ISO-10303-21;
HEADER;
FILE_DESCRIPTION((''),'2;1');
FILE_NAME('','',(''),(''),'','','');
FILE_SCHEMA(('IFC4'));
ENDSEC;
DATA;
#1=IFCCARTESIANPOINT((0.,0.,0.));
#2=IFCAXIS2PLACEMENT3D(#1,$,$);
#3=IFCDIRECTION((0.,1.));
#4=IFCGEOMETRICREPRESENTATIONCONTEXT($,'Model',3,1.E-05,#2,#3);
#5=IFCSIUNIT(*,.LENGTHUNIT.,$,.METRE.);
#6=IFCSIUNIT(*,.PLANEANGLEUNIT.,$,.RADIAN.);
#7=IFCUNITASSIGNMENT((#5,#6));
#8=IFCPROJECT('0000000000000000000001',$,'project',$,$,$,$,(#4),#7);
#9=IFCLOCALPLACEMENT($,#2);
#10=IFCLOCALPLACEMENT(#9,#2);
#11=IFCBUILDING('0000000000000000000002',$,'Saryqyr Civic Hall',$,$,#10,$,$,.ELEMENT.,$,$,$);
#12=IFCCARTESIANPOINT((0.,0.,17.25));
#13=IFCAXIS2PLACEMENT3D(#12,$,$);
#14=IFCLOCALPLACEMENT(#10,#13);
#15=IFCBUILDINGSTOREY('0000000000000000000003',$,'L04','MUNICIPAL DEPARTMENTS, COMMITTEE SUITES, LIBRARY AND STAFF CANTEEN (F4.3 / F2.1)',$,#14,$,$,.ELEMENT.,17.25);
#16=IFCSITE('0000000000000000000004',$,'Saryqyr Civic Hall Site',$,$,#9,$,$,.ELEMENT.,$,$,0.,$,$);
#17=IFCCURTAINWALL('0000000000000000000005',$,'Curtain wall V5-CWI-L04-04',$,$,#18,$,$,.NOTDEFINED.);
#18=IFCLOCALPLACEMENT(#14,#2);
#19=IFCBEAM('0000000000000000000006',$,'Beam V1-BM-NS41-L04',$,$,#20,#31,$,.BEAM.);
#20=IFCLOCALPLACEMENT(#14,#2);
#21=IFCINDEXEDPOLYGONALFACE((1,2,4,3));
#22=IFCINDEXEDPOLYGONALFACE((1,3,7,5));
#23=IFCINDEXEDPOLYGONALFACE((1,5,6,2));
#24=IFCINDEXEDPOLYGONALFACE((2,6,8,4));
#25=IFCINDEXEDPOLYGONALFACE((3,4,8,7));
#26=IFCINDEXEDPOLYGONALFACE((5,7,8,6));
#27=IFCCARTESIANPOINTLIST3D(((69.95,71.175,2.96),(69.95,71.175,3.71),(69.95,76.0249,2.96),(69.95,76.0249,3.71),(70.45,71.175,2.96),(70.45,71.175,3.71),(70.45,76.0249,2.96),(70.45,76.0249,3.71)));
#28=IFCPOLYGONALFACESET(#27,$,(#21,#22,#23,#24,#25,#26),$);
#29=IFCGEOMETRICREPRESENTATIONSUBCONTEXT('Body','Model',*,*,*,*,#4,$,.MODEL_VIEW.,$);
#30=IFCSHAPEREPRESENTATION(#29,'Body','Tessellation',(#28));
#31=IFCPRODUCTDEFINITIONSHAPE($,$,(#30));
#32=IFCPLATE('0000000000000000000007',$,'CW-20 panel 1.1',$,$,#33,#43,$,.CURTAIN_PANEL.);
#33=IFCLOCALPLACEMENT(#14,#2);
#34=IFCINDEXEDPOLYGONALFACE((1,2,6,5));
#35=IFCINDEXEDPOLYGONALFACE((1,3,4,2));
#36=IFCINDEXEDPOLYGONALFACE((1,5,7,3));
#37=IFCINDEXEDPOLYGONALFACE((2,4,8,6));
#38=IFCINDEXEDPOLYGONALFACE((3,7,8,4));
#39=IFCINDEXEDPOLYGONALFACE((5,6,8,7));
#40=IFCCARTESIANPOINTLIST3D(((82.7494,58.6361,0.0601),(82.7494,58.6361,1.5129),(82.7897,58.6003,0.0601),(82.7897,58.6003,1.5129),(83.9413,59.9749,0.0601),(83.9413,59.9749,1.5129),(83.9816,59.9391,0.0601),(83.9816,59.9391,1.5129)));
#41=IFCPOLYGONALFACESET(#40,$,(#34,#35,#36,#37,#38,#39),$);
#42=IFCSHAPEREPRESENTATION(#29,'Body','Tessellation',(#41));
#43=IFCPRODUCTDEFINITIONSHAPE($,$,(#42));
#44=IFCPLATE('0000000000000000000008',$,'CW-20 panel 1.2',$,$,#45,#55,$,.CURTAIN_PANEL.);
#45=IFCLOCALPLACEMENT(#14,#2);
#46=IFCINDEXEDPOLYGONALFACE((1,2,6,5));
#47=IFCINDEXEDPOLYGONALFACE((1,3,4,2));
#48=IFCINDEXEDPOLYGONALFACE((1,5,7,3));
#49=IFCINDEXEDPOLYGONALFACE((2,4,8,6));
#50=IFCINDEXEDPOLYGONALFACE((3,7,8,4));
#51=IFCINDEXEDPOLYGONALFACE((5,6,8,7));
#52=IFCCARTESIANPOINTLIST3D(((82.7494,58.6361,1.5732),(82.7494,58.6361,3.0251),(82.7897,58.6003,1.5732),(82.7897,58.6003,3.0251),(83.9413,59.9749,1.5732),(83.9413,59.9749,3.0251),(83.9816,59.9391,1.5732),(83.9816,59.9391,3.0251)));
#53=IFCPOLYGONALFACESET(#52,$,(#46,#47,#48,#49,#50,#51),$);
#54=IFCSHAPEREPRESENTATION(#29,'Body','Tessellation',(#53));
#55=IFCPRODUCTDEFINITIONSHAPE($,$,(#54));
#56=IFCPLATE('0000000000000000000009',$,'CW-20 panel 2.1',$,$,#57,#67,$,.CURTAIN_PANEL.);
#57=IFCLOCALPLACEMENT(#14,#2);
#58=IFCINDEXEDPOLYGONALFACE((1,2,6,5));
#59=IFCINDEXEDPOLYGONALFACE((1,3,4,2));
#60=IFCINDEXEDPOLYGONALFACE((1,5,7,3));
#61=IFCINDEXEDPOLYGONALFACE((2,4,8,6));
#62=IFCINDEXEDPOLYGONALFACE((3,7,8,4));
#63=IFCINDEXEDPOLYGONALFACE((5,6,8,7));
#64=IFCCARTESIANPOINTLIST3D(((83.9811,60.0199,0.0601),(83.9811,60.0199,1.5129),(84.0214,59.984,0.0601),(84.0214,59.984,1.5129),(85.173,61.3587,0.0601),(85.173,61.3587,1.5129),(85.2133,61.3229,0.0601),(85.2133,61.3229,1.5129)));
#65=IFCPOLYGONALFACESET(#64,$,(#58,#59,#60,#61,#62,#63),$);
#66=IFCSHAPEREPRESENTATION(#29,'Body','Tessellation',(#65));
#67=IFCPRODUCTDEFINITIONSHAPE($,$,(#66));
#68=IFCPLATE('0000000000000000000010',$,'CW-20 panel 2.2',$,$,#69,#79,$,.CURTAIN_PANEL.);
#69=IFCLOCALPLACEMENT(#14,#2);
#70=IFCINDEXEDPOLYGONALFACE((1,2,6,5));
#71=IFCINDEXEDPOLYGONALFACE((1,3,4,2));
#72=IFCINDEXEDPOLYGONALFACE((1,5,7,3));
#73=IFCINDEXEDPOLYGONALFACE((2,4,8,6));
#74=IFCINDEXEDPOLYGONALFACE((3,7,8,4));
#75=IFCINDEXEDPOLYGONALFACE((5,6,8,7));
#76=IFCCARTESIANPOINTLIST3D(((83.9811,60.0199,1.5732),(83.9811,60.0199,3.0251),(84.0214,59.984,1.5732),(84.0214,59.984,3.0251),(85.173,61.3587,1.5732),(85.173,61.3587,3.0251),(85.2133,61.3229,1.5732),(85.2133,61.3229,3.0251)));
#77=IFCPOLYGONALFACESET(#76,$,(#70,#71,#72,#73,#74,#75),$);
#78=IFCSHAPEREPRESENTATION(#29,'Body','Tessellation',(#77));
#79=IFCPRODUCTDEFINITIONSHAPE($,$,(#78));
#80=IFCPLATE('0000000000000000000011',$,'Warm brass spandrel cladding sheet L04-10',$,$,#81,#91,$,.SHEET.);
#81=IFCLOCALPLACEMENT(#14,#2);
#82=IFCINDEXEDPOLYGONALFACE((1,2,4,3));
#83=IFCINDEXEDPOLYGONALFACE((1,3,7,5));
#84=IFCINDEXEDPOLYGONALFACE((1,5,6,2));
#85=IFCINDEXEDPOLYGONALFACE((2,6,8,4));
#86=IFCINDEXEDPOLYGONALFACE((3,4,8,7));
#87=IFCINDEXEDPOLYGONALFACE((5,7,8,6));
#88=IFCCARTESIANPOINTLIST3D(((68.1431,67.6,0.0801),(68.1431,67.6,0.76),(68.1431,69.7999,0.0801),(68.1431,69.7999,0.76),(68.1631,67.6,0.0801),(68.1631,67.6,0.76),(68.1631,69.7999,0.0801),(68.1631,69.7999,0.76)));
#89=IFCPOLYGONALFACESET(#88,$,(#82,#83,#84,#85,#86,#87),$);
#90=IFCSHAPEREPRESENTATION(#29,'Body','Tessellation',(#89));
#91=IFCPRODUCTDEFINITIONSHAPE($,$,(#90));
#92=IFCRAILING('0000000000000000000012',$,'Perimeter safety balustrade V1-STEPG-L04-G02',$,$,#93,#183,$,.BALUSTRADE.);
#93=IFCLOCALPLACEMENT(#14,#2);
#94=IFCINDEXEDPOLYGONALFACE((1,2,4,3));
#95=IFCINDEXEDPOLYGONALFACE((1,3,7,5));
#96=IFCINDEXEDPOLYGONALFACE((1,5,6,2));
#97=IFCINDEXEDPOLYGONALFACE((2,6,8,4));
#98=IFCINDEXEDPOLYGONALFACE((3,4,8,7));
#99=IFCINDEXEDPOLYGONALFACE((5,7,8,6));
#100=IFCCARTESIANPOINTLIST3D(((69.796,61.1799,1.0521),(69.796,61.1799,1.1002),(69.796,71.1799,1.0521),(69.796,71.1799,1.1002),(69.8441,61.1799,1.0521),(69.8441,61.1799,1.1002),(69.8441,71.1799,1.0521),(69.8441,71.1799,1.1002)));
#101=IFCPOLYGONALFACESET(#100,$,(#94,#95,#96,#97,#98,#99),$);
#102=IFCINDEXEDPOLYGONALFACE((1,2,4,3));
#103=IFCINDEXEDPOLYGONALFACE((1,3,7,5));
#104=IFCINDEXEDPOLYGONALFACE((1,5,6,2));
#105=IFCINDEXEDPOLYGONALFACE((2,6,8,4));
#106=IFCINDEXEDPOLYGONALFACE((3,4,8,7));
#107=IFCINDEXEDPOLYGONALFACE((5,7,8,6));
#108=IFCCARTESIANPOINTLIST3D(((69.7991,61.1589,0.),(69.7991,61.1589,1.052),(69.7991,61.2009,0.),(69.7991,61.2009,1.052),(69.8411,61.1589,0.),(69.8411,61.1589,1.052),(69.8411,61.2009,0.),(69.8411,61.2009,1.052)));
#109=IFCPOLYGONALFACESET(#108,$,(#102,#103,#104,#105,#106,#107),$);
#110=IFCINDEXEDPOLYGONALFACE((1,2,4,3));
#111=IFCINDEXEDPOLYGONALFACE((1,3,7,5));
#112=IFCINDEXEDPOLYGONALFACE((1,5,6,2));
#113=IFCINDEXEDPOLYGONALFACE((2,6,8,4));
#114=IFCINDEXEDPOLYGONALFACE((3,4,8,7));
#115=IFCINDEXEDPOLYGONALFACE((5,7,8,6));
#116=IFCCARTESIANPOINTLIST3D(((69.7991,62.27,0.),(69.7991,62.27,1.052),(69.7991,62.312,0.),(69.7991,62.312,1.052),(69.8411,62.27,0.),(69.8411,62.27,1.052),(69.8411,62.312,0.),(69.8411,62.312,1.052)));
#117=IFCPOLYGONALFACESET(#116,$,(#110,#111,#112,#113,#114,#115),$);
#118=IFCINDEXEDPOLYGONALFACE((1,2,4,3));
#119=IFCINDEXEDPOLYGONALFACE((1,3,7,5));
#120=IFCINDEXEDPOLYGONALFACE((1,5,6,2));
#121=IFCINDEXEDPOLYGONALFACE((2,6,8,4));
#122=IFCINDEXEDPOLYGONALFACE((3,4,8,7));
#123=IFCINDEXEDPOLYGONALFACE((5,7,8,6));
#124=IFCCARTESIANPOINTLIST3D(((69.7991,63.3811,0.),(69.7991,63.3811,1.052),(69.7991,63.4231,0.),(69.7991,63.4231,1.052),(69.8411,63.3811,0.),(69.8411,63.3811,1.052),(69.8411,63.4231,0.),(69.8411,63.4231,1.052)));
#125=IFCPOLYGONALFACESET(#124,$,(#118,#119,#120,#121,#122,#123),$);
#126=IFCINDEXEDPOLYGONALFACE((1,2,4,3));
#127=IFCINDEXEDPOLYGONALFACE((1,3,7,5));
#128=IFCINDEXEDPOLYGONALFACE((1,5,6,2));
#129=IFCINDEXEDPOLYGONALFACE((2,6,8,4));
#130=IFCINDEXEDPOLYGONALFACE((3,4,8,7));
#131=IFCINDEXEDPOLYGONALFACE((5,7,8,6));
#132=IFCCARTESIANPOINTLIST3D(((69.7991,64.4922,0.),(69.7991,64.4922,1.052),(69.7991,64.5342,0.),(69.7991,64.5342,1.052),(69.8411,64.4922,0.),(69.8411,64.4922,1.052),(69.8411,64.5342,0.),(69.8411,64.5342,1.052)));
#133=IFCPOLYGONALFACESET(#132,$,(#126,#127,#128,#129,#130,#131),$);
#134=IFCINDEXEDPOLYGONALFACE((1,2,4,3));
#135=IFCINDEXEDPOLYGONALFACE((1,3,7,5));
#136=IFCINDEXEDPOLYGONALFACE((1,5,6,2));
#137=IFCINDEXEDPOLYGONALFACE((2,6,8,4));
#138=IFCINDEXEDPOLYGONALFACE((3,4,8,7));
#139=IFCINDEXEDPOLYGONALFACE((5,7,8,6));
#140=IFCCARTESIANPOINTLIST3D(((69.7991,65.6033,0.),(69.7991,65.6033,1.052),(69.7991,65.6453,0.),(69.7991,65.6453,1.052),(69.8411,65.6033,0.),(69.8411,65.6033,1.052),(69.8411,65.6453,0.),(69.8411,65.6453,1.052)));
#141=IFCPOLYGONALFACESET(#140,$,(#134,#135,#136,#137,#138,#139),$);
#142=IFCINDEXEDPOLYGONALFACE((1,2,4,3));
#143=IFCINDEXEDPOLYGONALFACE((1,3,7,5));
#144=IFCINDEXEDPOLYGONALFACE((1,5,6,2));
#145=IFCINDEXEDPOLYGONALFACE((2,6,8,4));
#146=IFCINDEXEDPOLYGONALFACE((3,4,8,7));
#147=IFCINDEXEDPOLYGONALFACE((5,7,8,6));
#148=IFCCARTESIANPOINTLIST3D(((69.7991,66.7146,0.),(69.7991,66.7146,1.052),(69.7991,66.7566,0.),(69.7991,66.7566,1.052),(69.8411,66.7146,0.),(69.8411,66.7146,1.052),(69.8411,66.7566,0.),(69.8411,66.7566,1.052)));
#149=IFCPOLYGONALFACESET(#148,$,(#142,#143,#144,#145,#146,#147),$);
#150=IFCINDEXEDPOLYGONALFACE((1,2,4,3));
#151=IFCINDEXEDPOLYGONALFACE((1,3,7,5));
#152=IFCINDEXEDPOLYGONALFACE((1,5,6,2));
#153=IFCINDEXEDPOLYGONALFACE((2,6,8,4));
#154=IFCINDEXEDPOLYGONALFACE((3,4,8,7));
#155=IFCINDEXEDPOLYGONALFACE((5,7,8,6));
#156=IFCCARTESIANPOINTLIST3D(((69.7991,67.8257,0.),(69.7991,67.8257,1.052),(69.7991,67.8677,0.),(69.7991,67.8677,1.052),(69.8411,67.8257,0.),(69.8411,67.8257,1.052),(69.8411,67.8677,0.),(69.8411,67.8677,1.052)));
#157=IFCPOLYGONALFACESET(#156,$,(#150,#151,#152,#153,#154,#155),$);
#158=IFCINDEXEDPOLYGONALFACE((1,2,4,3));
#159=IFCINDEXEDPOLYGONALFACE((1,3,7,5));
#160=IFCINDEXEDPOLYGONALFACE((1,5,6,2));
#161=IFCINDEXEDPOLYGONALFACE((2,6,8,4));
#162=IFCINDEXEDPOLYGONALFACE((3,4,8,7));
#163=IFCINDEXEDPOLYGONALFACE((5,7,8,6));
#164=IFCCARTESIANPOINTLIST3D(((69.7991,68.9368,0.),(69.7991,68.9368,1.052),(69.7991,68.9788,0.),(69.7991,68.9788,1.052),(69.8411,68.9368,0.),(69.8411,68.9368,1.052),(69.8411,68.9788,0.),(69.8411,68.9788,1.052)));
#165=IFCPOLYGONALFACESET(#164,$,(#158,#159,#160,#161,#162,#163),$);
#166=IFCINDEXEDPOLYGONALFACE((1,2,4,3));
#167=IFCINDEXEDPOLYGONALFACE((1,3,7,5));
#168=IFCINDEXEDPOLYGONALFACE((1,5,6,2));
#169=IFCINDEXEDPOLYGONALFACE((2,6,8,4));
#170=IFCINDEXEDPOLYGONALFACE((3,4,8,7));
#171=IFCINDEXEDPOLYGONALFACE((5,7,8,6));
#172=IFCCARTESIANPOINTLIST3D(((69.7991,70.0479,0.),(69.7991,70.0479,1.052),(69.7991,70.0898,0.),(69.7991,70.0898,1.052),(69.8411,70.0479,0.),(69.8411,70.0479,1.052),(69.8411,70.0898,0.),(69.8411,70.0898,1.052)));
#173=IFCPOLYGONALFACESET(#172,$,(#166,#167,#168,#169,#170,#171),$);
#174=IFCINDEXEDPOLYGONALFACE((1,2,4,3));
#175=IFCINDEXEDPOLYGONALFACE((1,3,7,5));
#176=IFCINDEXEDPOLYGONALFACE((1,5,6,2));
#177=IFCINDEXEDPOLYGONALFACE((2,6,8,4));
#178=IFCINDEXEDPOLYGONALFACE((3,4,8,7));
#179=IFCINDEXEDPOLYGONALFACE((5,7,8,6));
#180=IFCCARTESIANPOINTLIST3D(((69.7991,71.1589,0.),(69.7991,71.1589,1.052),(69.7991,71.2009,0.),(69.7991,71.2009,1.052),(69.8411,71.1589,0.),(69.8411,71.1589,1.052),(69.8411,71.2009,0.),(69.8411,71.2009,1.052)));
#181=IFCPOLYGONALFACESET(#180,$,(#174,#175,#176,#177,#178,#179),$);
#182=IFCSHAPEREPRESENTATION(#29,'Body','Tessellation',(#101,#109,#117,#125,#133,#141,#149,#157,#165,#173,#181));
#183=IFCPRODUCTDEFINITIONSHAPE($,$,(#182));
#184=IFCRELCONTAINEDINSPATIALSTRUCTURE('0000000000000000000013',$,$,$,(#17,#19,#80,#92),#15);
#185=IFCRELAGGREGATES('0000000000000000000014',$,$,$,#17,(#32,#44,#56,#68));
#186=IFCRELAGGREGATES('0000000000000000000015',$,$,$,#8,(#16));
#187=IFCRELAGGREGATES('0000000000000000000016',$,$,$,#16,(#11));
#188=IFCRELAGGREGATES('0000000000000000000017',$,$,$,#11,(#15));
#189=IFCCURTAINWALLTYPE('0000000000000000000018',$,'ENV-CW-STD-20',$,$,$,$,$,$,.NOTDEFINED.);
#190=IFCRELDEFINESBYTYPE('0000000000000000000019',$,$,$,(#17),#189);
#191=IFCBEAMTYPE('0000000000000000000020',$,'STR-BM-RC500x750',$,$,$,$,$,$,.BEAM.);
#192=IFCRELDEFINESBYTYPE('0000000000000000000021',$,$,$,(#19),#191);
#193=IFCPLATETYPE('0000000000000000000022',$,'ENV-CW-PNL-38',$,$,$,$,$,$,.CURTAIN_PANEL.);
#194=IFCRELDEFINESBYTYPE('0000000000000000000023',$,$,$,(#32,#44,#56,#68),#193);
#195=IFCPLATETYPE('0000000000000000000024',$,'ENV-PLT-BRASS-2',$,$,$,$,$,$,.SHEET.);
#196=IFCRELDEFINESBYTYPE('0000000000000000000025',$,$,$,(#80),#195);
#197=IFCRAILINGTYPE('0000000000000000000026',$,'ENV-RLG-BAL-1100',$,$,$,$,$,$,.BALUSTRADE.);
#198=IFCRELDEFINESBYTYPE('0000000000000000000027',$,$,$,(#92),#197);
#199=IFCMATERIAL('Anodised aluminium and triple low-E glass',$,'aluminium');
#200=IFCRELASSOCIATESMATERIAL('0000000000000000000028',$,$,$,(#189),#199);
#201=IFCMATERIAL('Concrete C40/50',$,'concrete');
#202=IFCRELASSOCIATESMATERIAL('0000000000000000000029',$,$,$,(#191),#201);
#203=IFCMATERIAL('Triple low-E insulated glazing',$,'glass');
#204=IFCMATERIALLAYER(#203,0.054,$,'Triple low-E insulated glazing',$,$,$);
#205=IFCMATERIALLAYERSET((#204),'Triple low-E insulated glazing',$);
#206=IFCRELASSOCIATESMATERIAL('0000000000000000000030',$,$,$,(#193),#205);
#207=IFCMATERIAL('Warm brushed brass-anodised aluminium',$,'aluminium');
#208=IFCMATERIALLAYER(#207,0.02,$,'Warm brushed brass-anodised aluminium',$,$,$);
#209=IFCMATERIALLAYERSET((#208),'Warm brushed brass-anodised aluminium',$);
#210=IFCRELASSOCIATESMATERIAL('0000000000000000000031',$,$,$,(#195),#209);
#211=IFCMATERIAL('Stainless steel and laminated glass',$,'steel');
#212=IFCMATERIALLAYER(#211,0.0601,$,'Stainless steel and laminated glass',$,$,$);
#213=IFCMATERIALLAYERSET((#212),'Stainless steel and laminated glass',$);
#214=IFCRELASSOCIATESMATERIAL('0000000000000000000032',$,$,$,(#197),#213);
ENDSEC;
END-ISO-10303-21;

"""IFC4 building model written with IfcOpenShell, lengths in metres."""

from ifc_helpers import new_model, si_unit, direction, frame, origin, origin_2d, place, context, subcontext, project, spatial, rectangle, extrude, material, layer, layer_set, material_profile, profile_set, type_object, element, aggregate, save


model = new_model("IFC4")

# Units and contexts
model_context = context("Model", 3, precision=1e-05, world=origin(), true_north=direction((0.0, 1.0)))
body_context = subcontext(model_context, "Body", "Model", "MODEL_VIEW")
ifc_project = project(units=[si_unit("LENGTHUNIT", "METRE"), si_unit("PLANEANGLEUNIT", "RADIAN")], contexts=[model_context])

# Site, building, storey
site_placement = place(None, origin())
site = spatial("IfcSite", under=ifc_project, at=site_placement, Name="Saryqyr Civic Hall Site", CompositionType="ELEMENT", RefElevation=0.0)
building_placement = place(site_placement, origin())
building = spatial("IfcBuilding", under=site, at=building_placement, Name="Saryqyr Civic Hall", CompositionType="ELEMENT")
storey_placement = place(building_placement, frame((0.0, 0.0, 17.25)))
storey = spatial("IfcBuildingStorey", under=building, at=storey_placement, Name="L04", Description="MUNICIPAL DEPARTMENTS, COMMITTEE SUITES, LIBRARY AND STAFF CANTEEN (F4.3 / F2.1)", CompositionType="ELEMENT", Elevation=17.25)

# Shared definitions
ifc_material_1 = material(Name="Concrete C40/50", Category="concrete")

# Curtain wall
ifc_material_2 = material(Name="Anodised aluminium and triple low-E glass", Category="aluminium")
curtain_wall_type = type_object("IfcCurtainWallType", Name="ENV-CW-STD-20", PredefinedType="NOTDEFINED", material=ifc_material_2)
curtain_wall_placement = place(storey_placement, origin())
curtain_wall = element("IfcCurtainWall", 1, at=curtain_wall_placement, inside=storey, type_object=curtain_wall_type, Name="Curtain wall V5-CWI-L04-04", PredefinedType="NOTDEFINED")

# Beam
ifc_material_profile_1 = material_profile(ifc_material_1, rectangle(XDim=0.5, YDim=0.75, at=origin_2d()), Name="RC 500x750")
ifc_profile_set_1 = profile_set([ifc_material_profile_1], Name="Concrete C40/50")
beam_type_1 = type_object("IfcBeamType", Name="STR-BM-RC500x750", PredefinedType="BEAM", material=ifc_profile_set_1)
beam_1_placement = place(storey_placement, frame((70.2, 71.175, 3.335), z_axis=(0.0, 1.0, 0.0), x_axis=(-1.0, 0.0, 0.0)))
element("IfcBeam", 2, at=beam_1_placement, inside=storey, type_object=beam_type_1, Name="Beam V1-BM-NS41-L04", PredefinedType="BEAM", context=body_context, shape_type="SweptSolid", body=[
    extrude(rectangle(XDim=0.5, YDim=0.75, at=origin_2d()), origin(), (0.0, 0.0, 1.0), 4.8499),
])

# Plates
ifc_material_3 = material(Name="Triple low-E insulated glazing", Category="glass")
ifc_layer_1 = layer(ifc_material_3, 0.054, Name="Triple low-E insulated glazing")
ifc_layer_set_1 = layer_set([ifc_layer_1], Name="Triple low-E insulated glazing")
plate_type_1 = type_object("IfcPlateType", Name="ENV-CW-PNL-38", PredefinedType="CURTAIN_PANEL", material=ifc_layer_set_1)
plate_1_placement = place(storey_placement, frame((83.3655, 59.2876, 0.0601), z_axis=(0.0, 0.0, 1.0), x_axis=(0.664934, 0.746902, 0.0)))
plate_1 = element("IfcPlate", 3, at=plate_1_placement, type_object=plate_type_1, Name="CW-20 panel 1.1", PredefinedType="CURTAIN_PANEL", context=body_context, shape_type="SweptSolid", body=[
    extrude(rectangle(XDim=1.7925, YDim=0.054, at=origin_2d()), origin(), (0.0, 0.0, 1.0), 1.4529),
])
plate_2_placement = place(storey_placement, frame((83.3655, 59.2876, 1.5732), z_axis=(0.0, 0.0, 1.0), x_axis=(0.664934, 0.746902, 0.0)))
plate_2 = element("IfcPlate", 4, at=plate_2_placement, type_object=plate_type_1, Name="CW-20 panel 1.2", PredefinedType="CURTAIN_PANEL", context=body_context, shape_type="SweptSolid", body=[
    extrude(rectangle(XDim=1.7925, YDim=0.054, at=origin_2d()), origin(), (0.0, 0.0, 1.0), 1.4519),
])
plate_3_placement = place(storey_placement, frame((84.5972, 60.6714, 0.0601), z_axis=(0.0, 0.0, 1.0), x_axis=(0.664934, 0.746902, 0.0)))
plate_3 = element("IfcPlate", 5, at=plate_3_placement, type_object=plate_type_1, Name="CW-20 panel 2.1", PredefinedType="CURTAIN_PANEL", context=body_context, shape_type="SweptSolid", body=[
    extrude(rectangle(XDim=1.7925, YDim=0.054, at=origin_2d()), origin(), (0.0, 0.0, 1.0), 1.4529),
])
plate_4_placement = place(storey_placement, frame((84.5972, 60.6714, 1.5732), z_axis=(0.0, 0.0, 1.0), x_axis=(0.664934, 0.746902, 0.0)))
plate_4 = element("IfcPlate", 6, at=plate_4_placement, type_object=plate_type_1, Name="CW-20 panel 2.2", PredefinedType="CURTAIN_PANEL", context=body_context, shape_type="SweptSolid", body=[
    extrude(rectangle(XDim=1.7925, YDim=0.054, at=origin_2d()), origin(), (0.0, 0.0, 1.0), 1.4519),
])
aggregate(curtain_wall, [plate_1, plate_2, plate_3, plate_4])
ifc_material_4 = material(Name="Warm brushed brass-anodised aluminium", Category="aluminium")
ifc_layer_2 = layer(ifc_material_4, 0.02, Name="Warm brushed brass-anodised aluminium")
ifc_layer_set_2 = layer_set([ifc_layer_2], Name="Warm brushed brass-anodised aluminium")
plate_type_2 = type_object("IfcPlateType", Name="ENV-PLT-BRASS-2", PredefinedType="SHEET", material=ifc_layer_set_2)
plate_5_placement = place(storey_placement, frame((68.1531, 68.7, 0.0801), z_axis=(0.0, 0.0, 1.0), x_axis=(0.0, -1.0, 0.0)))
element("IfcPlate", 7, at=plate_5_placement, inside=storey, type_object=plate_type_2, Name="Warm brass spandrel cladding sheet L04-10", PredefinedType="SHEET", context=body_context, shape_type="SweptSolid", body=[
    extrude(rectangle(XDim=2.2, YDim=0.02, at=origin_2d()), origin(), (0.0, 0.0, 1.0), 0.6799),
])

# Railing
ifc_material_5 = material(Name="Stainless steel and laminated glass", Category="steel")
ifc_layer_3 = layer(ifc_material_5, 0.0601, Name="Stainless steel and laminated glass")
ifc_layer_set_3 = layer_set([ifc_layer_3], Name="Stainless steel and laminated glass")
railing_type_1 = type_object("IfcRailingType", Name="ENV-RLG-BAL-1100", PredefinedType="BALUSTRADE", material=ifc_layer_set_3)
railing_1_placement = place(storey_placement, frame((69.8201, 61.1799, 0.0)))
element("IfcRailing", 8, at=railing_1_placement, inside=storey, type_object=railing_type_1, Name="Perimeter safety balustrade V1-STEPG-L04-G02", PredefinedType="BALUSTRADE", context=body_context, shape_type="SweptSolid", body=[
    extrude(rectangle(XDim=0.0481, YDim=0.0481, at=origin_2d()), frame((0.0, 0.0, 1.0762), z_axis=(0.0, 1.0, 0.0), x_axis=(-1.0, 0.0, 0.0)), (0.0, 0.0, 1.0), 10.0),
    extrude(rectangle(XDim=0.042, YDim=0.042, at=origin_2d()), origin(), (0.0, 0.0, 1.0), 1.052),
    extrude(rectangle(XDim=0.042, YDim=0.042, at=origin_2d()), frame((0.0, 1.1111, 0.0)), (0.0, 0.0, 1.0), 1.052),
    extrude(rectangle(XDim=0.042, YDim=0.042, at=origin_2d()), frame((0.0, 2.2222, 0.0)), (0.0, 0.0, 1.0), 1.052),
    extrude(rectangle(XDim=0.042, YDim=0.042, at=origin_2d()), frame((0.0, 3.3333, 0.0)), (0.0, 0.0, 1.0), 1.052),
    extrude(rectangle(XDim=0.042, YDim=0.042, at=origin_2d()), frame((0.0, 4.4443, 0.0)), (0.0, 0.0, 1.0), 1.052),
    extrude(rectangle(XDim=0.042, YDim=0.042, at=origin_2d()), frame((0.0, 5.5557, 0.0)), (0.0, 0.0, 1.0), 1.052),
    extrude(rectangle(XDim=0.042, YDim=0.042, at=origin_2d()), frame((0.0, 6.6667, 0.0)), (0.0, 0.0, 1.0), 1.052),
    extrude(rectangle(XDim=0.042, YDim=0.042, at=origin_2d()), frame((0.0, 7.7778, 0.0)), (0.0, 0.0, 1.0), 1.052),
    extrude(rectangle(XDim=0.042, YDim=0.042, at=origin_2d()), frame((0.0, 8.8889, 0.0)), (0.0, 0.0, 1.0), 1.052),
    extrude(rectangle(XDim=0.042, YDim=0.042, at=origin_2d()), frame((0.0, 10.0, 0.0)), (0.0, 0.0, 1.0), 1.052),
])

save(model, "model.ifc")
